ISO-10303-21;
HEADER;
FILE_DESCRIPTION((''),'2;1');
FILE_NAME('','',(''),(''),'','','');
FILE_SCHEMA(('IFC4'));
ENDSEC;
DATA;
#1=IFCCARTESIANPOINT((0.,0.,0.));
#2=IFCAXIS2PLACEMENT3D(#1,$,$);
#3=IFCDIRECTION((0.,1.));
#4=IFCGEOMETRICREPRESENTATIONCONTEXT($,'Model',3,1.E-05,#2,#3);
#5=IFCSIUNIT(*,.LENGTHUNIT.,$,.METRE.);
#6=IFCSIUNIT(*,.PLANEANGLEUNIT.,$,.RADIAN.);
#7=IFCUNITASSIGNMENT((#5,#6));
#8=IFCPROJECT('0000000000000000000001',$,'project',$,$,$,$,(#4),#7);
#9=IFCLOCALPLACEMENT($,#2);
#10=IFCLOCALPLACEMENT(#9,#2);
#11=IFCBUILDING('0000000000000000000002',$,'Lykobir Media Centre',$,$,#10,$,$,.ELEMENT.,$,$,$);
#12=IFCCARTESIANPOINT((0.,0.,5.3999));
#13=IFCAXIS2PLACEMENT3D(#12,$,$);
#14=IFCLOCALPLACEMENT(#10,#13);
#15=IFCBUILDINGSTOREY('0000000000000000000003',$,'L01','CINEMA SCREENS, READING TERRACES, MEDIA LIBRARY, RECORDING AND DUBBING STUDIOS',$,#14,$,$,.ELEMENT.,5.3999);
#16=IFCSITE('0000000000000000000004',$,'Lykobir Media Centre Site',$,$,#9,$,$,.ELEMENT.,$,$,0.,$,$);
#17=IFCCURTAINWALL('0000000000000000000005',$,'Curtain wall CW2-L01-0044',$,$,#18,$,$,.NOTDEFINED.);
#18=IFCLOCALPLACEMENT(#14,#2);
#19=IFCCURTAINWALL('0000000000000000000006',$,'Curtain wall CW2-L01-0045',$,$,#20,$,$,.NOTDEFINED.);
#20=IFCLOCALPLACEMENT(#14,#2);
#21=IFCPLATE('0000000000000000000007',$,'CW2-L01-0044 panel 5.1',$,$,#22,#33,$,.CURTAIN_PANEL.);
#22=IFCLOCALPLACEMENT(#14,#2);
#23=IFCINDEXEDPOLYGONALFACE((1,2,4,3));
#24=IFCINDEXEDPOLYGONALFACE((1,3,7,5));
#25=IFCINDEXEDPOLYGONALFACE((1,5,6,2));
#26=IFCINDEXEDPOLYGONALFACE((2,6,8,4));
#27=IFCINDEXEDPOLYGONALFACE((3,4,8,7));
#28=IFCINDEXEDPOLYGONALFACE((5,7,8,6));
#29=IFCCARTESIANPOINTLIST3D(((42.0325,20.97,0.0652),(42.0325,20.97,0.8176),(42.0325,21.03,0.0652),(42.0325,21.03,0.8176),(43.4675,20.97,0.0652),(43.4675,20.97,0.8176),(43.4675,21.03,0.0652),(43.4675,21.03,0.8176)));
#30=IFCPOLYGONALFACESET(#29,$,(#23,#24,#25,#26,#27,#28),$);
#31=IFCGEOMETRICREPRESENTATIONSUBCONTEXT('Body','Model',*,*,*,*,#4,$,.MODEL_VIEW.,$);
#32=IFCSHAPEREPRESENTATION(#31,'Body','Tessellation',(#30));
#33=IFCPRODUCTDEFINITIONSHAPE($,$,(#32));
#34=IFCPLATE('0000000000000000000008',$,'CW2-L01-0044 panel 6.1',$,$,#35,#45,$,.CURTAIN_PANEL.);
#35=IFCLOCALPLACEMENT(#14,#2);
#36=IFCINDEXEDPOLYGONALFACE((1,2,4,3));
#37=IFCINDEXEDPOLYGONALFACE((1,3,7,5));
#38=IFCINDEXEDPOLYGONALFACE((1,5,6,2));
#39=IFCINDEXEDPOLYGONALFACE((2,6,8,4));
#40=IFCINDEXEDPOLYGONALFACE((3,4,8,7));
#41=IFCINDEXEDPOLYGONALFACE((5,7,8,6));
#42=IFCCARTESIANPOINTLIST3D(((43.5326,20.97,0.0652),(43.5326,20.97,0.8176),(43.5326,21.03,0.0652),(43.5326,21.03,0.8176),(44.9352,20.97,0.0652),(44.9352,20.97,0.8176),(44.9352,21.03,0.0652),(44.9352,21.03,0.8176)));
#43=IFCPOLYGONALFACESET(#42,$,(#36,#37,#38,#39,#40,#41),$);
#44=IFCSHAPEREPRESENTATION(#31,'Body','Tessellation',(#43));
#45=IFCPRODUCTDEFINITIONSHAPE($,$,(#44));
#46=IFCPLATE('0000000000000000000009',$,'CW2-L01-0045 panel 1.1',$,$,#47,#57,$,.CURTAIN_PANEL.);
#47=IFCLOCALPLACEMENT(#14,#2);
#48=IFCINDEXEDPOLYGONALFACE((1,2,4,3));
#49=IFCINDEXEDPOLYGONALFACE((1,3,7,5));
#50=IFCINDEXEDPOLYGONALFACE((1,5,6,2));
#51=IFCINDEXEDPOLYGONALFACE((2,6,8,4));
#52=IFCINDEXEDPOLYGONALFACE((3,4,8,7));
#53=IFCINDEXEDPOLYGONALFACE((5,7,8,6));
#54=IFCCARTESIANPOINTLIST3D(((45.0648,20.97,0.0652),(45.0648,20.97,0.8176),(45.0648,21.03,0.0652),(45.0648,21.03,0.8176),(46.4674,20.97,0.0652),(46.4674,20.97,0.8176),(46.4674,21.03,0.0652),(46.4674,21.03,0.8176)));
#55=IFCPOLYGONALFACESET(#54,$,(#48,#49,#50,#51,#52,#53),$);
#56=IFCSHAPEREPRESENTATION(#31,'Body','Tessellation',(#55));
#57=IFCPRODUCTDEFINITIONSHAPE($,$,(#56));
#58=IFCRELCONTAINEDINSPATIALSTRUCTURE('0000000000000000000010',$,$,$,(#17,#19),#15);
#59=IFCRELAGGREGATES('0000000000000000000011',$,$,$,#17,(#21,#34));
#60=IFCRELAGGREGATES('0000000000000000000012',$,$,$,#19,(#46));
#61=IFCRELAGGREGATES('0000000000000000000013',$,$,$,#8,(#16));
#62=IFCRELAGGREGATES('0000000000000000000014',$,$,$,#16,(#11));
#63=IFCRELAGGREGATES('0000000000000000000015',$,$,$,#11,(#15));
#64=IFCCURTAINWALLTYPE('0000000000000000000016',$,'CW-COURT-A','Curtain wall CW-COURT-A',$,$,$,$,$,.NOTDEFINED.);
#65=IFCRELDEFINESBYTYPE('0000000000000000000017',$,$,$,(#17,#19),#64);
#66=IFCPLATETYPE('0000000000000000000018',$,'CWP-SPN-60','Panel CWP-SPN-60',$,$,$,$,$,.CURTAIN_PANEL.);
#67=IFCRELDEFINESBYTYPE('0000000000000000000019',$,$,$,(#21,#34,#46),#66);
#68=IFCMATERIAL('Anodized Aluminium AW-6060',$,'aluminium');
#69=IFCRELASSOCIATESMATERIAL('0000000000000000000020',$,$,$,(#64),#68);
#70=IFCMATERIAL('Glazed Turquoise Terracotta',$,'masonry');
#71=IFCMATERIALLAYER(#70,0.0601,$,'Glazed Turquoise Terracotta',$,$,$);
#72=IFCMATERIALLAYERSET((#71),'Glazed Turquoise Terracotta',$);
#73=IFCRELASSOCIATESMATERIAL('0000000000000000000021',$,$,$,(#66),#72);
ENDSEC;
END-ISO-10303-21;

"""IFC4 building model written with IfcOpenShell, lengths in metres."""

from ifc_helpers import new_model, si_unit, direction, frame, origin, origin_2d, place, context, subcontext, project, spatial, rectangle, extrude, material, layer, layer_set, type_object, element, aggregate, save


model = new_model("IFC4")

# Units and contexts
model_context = context("Model", 3, precision=1e-05, world=origin(), true_north=direction((0.0, 1.0)))
body_context = subcontext(model_context, "Body", "Model", "MODEL_VIEW")
ifc_project = project(units=[si_unit("LENGTHUNIT", "METRE"), si_unit("PLANEANGLEUNIT", "RADIAN")], contexts=[model_context])

# Site, building, storey
site_placement = place(None, origin())
site = spatial("IfcSite", under=ifc_project, at=site_placement, Name="Lykobir Media Centre Site", CompositionType="ELEMENT", RefElevation=0.0)
building_placement = place(site_placement, origin())
building = spatial("IfcBuilding", under=site, at=building_placement, Name="Lykobir Media Centre", CompositionType="ELEMENT")
storey_placement = place(building_placement, frame((0.0, 0.0, 5.3999)))
storey = spatial("IfcBuildingStorey", under=building, at=storey_placement, Name="L01", Description="CINEMA SCREENS, READING TERRACES, MEDIA LIBRARY, RECORDING AND DUBBING STUDIOS", CompositionType="ELEMENT", Elevation=5.3999)

# Curtain walls
ifc_material_1 = material(Name="Anodized Aluminium AW-6060", Category="aluminium")
curtain_wall_type = type_object("IfcCurtainWallType", Name="CW-COURT-A", Description="Curtain wall CW-COURT-A", PredefinedType="NOTDEFINED", material=ifc_material_1)
curtain_wall_1_placement = place(storey_placement, origin())
curtain_wall_1 = element("IfcCurtainWall", 1, at=curtain_wall_1_placement, inside=storey, type_object=curtain_wall_type, Name="Curtain wall CW2-L01-0044", PredefinedType="NOTDEFINED")
curtain_wall_2_placement = place(storey_placement, origin())
curtain_wall_2 = element("IfcCurtainWall", 2, at=curtain_wall_2_placement, inside=storey, type_object=curtain_wall_type, Name="Curtain wall CW2-L01-0045", PredefinedType="NOTDEFINED")

# Plates
ifc_material_2 = material(Name="Glazed Turquoise Terracotta", Category="masonry")
ifc_layer_1 = layer(ifc_material_2, 0.0601, Name="Glazed Turquoise Terracotta")
ifc_layer_set_1 = layer_set([ifc_layer_1], Name="Glazed Turquoise Terracotta")
plate_type_1 = type_object("IfcPlateType", Name="CWP-SPN-60", Description="Panel CWP-SPN-60", PredefinedType="CURTAIN_PANEL", material=ifc_layer_set_1)
plate_1_placement = place(storey_placement, frame((42.75, 21.0, 0.0652), z_axis=(0.0, 0.0, 1.0), x_axis=(1.0, 0.0, 0.0)))
plate_1 = element("IfcPlate", 3, at=plate_1_placement, type_object=plate_type_1, Name="CW2-L01-0044 panel 5.1", PredefinedType="CURTAIN_PANEL", context=body_context, shape_type="SweptSolid", body=[
    extrude(rectangle(XDim=1.4351, YDim=0.0601, at=origin_2d()), origin(), (0.0, 0.0, 1.0), 0.7524),
])
plate_2_placement = place(storey_placement, frame((44.2339, 21.0, 0.0652), z_axis=(0.0, 0.0, 1.0), x_axis=(1.0, 0.0, 0.0)))
plate_2 = element("IfcPlate", 4, at=plate_2_placement, type_object=plate_type_1, Name="CW2-L01-0044 panel 6.1", PredefinedType="CURTAIN_PANEL", context=body_context, shape_type="SweptSolid", body=[
    extrude(rectangle(XDim=1.4026, YDim=0.0601, at=origin_2d()), origin(), (0.0, 0.0, 1.0), 0.7524),
])
aggregate(curtain_wall_1, [plate_1, plate_2])
plate_3_placement = place(storey_placement, frame((45.7661, 21.0, 0.0652), z_axis=(0.0, 0.0, 1.0), x_axis=(1.0, 0.0, 0.0)))
plate_3 = element("IfcPlate", 5, at=plate_3_placement, type_object=plate_type_1, Name="CW2-L01-0045 panel 1.1", PredefinedType="CURTAIN_PANEL", context=body_context, shape_type="SweptSolid", body=[
    extrude(rectangle(XDim=1.4026, YDim=0.0601, at=origin_2d()), origin(), (0.0, 0.0, 1.0), 0.7524),
])
aggregate(curtain_wall_2, [plate_3])

save(model, "model.ifc")
